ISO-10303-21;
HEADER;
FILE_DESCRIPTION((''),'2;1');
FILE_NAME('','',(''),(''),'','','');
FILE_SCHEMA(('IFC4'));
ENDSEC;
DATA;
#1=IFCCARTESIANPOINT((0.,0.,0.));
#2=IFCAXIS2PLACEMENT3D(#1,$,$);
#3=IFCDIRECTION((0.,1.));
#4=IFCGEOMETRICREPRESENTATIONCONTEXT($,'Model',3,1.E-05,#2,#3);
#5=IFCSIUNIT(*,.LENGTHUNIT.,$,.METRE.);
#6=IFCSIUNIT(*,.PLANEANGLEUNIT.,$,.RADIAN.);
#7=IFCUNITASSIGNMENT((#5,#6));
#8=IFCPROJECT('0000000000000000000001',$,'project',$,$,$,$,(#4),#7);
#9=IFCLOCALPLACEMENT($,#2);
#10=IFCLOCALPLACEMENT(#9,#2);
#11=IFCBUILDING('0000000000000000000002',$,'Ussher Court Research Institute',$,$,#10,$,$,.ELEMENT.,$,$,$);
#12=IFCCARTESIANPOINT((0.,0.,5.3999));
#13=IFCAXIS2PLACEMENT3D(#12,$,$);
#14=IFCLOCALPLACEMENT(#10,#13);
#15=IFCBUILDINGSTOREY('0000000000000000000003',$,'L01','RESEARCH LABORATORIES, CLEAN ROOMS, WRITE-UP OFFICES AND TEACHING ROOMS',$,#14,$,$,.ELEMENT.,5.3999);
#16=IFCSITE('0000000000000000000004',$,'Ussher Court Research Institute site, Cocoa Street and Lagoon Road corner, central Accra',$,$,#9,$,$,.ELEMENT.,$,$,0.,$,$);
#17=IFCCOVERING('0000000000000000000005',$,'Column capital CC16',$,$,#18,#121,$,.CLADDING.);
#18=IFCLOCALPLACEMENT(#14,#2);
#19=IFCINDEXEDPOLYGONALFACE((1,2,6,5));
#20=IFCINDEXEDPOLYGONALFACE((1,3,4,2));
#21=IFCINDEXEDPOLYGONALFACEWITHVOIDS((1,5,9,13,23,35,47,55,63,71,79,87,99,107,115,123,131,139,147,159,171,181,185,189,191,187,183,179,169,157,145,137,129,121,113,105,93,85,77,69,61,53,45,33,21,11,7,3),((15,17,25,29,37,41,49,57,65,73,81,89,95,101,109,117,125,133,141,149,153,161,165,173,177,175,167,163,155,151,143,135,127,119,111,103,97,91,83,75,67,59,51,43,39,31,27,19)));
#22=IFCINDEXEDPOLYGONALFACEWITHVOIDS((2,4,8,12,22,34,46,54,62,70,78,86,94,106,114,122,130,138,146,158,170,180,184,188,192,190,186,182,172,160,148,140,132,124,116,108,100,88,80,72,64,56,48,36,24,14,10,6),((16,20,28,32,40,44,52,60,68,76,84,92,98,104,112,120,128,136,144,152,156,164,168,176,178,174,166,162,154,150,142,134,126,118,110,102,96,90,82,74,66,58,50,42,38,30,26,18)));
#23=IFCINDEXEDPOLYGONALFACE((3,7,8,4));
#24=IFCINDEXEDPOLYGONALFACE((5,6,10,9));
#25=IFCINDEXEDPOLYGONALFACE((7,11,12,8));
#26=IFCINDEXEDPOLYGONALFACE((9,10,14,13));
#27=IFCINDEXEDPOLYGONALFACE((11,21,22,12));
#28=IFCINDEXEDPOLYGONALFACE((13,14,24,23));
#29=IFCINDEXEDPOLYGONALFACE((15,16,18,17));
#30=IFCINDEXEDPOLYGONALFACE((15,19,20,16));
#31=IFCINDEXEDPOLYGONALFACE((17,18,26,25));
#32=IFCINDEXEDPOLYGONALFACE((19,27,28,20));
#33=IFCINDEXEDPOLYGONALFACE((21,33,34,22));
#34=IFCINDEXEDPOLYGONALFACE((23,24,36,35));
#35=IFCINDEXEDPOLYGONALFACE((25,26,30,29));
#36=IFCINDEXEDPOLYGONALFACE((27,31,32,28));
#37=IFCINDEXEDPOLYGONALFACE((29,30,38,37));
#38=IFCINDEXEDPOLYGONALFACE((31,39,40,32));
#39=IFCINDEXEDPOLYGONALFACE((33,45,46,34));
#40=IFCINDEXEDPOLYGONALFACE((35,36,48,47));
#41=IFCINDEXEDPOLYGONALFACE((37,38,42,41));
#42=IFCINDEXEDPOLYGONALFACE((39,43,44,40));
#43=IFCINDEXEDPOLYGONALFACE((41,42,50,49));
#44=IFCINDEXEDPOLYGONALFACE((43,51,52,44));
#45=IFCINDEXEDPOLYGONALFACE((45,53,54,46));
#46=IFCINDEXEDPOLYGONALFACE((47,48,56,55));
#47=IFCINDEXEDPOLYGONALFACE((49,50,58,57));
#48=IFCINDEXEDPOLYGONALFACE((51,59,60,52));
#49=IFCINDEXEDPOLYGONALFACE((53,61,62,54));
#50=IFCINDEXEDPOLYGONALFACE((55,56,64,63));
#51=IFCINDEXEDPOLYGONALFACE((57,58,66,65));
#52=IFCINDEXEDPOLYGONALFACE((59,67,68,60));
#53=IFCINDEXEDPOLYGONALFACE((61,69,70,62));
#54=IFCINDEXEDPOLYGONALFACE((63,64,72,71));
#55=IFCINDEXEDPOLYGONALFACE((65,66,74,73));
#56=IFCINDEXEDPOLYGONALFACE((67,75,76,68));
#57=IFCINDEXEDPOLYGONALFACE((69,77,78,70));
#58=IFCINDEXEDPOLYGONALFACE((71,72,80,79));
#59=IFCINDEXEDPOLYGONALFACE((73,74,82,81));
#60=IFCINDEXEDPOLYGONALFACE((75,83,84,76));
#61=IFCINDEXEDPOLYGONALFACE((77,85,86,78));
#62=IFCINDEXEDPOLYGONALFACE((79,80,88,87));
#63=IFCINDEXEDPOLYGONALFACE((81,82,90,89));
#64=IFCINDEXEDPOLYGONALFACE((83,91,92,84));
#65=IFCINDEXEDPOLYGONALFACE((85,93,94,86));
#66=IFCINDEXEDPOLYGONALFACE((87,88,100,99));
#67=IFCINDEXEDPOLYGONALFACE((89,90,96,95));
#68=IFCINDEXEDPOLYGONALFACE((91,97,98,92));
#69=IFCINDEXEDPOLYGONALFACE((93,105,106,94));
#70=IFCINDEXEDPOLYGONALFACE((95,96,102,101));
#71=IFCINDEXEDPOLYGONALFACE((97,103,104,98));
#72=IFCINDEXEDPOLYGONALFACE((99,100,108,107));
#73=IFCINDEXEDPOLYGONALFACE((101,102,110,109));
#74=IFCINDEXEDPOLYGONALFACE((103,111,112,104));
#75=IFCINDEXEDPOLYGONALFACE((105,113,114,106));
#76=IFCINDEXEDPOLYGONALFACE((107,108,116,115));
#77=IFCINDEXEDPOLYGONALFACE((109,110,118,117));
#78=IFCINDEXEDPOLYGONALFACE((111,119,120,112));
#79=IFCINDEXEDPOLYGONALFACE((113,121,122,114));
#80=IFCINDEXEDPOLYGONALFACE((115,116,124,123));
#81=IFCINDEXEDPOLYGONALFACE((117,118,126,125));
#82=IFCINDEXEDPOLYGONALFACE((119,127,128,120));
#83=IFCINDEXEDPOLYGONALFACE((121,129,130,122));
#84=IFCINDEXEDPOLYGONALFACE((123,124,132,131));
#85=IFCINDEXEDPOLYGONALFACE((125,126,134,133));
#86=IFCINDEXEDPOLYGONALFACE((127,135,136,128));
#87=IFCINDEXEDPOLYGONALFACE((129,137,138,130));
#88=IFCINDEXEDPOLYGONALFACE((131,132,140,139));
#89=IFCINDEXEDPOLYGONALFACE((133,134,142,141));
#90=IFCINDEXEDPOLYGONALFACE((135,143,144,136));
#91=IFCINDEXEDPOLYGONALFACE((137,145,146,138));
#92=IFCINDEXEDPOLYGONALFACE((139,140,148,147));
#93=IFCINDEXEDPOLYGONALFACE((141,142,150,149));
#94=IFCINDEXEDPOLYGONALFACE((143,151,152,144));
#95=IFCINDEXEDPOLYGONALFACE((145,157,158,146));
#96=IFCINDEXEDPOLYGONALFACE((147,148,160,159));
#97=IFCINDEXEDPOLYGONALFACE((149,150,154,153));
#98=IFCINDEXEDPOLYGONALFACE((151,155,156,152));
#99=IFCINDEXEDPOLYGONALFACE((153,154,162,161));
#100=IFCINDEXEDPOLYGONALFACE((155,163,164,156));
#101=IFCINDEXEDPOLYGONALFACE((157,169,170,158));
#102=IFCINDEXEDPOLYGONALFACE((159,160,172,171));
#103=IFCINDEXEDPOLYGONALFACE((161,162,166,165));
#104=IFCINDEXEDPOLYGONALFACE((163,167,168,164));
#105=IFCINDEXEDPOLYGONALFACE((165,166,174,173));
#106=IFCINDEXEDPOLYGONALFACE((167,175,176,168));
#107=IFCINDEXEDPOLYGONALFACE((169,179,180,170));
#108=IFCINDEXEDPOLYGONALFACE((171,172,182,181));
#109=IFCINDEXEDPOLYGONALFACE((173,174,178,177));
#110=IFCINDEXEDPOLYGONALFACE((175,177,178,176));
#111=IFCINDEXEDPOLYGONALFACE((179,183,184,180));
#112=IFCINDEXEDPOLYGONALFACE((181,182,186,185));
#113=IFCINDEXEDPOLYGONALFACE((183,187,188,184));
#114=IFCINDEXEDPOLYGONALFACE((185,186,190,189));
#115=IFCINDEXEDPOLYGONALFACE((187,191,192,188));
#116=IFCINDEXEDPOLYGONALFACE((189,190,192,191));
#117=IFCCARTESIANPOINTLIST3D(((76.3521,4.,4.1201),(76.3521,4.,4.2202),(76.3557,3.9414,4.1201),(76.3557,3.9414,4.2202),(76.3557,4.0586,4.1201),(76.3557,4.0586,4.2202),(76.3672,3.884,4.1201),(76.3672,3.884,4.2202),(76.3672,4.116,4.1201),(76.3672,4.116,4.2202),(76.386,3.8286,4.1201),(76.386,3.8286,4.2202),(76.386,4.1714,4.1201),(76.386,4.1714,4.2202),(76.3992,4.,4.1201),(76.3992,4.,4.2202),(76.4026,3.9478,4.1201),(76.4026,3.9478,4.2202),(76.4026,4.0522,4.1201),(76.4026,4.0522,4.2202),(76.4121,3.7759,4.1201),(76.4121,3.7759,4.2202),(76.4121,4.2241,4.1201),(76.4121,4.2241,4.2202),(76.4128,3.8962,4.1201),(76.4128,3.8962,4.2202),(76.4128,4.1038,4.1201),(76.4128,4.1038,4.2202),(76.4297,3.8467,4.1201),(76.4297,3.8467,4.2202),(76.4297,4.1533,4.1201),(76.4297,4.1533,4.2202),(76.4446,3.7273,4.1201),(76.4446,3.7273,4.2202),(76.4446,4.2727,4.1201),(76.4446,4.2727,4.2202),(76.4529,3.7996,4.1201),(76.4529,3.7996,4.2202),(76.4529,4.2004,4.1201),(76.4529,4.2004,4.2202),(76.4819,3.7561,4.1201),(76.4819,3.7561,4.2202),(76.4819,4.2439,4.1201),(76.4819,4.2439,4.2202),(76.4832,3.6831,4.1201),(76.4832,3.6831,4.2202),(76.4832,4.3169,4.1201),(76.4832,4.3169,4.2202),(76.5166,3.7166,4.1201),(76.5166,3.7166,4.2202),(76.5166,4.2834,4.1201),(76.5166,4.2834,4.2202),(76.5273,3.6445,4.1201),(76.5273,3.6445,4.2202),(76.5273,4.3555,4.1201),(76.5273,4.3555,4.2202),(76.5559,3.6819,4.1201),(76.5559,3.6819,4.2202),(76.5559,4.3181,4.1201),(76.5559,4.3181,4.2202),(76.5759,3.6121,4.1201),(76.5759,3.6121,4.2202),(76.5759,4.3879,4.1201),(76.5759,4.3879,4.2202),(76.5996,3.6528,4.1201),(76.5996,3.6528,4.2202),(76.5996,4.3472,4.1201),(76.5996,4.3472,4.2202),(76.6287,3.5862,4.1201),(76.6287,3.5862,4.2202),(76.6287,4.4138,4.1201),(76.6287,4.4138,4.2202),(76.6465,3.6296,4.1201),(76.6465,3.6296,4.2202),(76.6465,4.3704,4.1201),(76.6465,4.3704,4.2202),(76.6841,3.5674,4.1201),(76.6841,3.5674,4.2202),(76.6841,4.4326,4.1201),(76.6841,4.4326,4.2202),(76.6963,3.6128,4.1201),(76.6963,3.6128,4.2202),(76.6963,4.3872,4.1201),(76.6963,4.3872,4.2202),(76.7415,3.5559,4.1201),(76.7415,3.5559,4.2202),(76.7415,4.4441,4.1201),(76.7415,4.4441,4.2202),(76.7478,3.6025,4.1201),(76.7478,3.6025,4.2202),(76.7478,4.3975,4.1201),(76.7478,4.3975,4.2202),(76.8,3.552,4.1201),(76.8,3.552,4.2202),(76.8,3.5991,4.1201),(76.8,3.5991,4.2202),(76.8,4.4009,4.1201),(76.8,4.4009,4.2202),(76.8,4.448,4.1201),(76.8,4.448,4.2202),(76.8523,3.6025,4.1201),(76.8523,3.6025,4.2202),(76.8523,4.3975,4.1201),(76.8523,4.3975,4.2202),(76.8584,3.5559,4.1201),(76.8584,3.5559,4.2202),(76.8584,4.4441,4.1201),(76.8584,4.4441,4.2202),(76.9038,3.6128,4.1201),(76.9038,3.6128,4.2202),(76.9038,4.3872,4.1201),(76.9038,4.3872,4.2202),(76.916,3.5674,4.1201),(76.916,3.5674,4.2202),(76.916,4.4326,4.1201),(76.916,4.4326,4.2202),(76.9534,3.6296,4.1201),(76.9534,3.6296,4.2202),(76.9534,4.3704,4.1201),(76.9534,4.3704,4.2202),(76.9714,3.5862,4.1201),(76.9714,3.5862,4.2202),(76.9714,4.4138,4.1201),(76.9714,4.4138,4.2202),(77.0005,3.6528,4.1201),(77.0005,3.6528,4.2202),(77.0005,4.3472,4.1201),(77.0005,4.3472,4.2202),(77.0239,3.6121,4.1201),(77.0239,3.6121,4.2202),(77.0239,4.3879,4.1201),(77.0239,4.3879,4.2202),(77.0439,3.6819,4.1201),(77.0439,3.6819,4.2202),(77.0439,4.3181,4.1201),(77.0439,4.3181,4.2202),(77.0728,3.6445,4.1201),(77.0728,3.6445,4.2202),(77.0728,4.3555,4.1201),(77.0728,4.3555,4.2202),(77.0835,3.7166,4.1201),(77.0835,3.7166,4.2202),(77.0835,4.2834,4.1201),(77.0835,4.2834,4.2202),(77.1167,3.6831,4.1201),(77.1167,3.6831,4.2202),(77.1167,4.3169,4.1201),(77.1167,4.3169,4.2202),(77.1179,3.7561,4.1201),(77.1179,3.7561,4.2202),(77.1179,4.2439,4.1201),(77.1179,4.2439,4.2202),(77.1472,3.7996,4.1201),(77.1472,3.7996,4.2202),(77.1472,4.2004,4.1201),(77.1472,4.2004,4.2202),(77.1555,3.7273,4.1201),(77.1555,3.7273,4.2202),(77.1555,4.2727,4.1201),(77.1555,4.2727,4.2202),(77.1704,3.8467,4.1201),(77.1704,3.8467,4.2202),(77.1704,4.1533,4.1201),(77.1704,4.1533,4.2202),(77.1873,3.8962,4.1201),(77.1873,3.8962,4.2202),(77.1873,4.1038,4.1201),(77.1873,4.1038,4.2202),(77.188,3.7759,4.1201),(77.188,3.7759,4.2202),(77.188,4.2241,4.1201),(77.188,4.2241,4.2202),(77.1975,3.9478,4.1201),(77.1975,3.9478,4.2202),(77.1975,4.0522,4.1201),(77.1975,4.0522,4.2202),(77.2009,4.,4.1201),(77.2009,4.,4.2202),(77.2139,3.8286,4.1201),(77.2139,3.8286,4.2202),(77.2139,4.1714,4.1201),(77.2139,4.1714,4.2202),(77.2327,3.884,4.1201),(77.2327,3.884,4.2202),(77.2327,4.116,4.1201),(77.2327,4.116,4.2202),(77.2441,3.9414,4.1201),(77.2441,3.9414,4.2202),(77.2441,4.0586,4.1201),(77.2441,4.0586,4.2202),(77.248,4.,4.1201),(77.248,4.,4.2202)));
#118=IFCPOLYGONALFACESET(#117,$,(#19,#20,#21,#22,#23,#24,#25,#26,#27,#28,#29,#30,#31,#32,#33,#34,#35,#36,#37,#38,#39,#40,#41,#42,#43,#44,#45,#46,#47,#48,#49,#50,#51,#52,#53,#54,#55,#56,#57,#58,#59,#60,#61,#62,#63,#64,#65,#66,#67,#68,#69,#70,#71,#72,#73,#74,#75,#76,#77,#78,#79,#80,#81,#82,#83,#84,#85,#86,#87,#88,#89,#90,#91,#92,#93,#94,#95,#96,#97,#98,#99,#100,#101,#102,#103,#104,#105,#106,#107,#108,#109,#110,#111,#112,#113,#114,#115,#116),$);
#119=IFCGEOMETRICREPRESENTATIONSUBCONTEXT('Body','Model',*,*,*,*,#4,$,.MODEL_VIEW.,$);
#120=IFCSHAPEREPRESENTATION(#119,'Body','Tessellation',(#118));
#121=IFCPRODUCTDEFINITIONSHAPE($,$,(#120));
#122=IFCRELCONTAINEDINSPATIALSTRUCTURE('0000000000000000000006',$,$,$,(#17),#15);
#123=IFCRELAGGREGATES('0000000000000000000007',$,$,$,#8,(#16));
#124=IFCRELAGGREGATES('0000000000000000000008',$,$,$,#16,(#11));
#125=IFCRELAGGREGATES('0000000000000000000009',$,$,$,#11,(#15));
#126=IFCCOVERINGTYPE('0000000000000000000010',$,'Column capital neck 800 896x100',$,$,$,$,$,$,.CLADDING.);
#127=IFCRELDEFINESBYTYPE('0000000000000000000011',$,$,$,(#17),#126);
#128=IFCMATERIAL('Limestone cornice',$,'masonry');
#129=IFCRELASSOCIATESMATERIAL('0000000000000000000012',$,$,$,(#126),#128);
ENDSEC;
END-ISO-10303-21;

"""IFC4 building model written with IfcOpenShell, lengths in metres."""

from ifc_helpers import new_model, si_unit, direction, frame, origin, place, context, subcontext, project, spatial, polyline, outline, extrude, material, type_object, element, save


model = new_model("IFC4")

# Units and contexts
model_context = context("Model", 3, precision=1e-05, world=origin(), true_north=direction((0.0, 1.0)))
body_context = subcontext(model_context, "Body", "Model", "MODEL_VIEW")
ifc_project = project(units=[si_unit("LENGTHUNIT", "METRE"), si_unit("PLANEANGLEUNIT", "RADIAN")], contexts=[model_context])

# Site, building, storey
site_placement = place(None, origin())
site = spatial("IfcSite", under=ifc_project, at=site_placement, Name="Ussher Court Research Institute site, Cocoa Street and Lagoon Road corner, central Accra", CompositionType="ELEMENT", RefElevation=0.0)
building_placement = place(site_placement, origin())
building = spatial("IfcBuilding", under=site, at=building_placement, Name="Ussher Court Research Institute", CompositionType="ELEMENT")
storey_placement = place(building_placement, frame((0.0, 0.0, 5.3999)))
storey = spatial("IfcBuildingStorey", under=building, at=storey_placement, Name="L01", Description="RESEARCH LABORATORIES, CLEAN ROOMS, WRITE-UP OFFICES AND TEACHING ROOMS", CompositionType="ELEMENT", Elevation=5.3999)

# Covering
ifc_material_1 = material(Name="Limestone cornice", Category="masonry")
covering_type_1 = type_object("IfcCoveringType", Name="Column capital neck 800 896x100", PredefinedType="CLADDING", material=ifc_material_1)
covering_1_placement = place(storey_placement, frame((0.0, 0.0, 4.1201)))
element("IfcCovering", 1, at=covering_1_placement, inside=storey, type_object=covering_type_1, Name="Column capital CC16", PredefinedType="CLADDING", context=body_context, shape_type="SweptSolid", body=[
    extrude(outline(polyline([(77.248, 4.0), (77.2441, 4.0586), (77.2327, 4.116), (77.2139, 4.1714), (77.188, 4.2241), (77.1555, 4.2727), (77.1167, 4.3169), (77.0728, 4.3555), (77.0239, 4.3879), (76.9714, 4.4138), (76.916, 4.4326), (76.8584, 4.4441), (76.8, 4.448), (76.7415, 4.4441), (76.6841, 4.4326), (76.6287, 4.4138), (76.5759, 4.3879), (76.5273, 4.3555), (76.4832, 4.3169), (76.4446, 4.2727), (76.4121, 4.2241), (76.386, 4.1714), (76.3672, 4.116), (76.3557, 4.0586), (76.3521, 4.0), (76.3557, 3.9414), (76.3672, 3.884), (76.386, 3.8286), (76.4121, 3.7759), (76.4446, 3.7273), (76.4832, 3.6831), (76.5273, 3.6445), (76.5759, 3.6121), (76.6287, 3.5862), (76.6841, 3.5674), (76.7415, 3.5559), (76.8, 3.552), (76.8584, 3.5559), (76.916, 3.5674), (76.9714, 3.5862), (77.0239, 3.6121), (77.0728, 3.6445), (77.1167, 3.6831), (77.1555, 3.7273), (77.188, 3.7759), (77.2139, 3.8286), (77.2327, 3.884), (77.2441, 3.9414), (77.248, 4.0)]), holes=[polyline([(77.2009, 4.0), (77.1975, 4.0522), (77.1873, 4.1038), (77.1704, 4.1533), (77.1472, 4.2004), (77.1179, 4.2439), (77.0835, 4.2834), (77.0439, 4.3181), (77.0005, 4.3472), (76.9534, 4.3704), (76.9038, 4.3872), (76.8523, 4.3975), (76.8, 4.4009), (76.7478, 4.3975), (76.6963, 4.3872), (76.6465, 4.3704), (76.5996, 4.3472), (76.5559, 4.3181), (76.5166, 4.2834), (76.4819, 4.2439), (76.4529, 4.2004), (76.4297, 4.1533), (76.4128, 4.1038), (76.4026, 4.0522), (76.3992, 4.0), (76.4026, 3.9478), (76.4128, 3.8962), (76.4297, 3.8467), (76.4529, 3.7996), (76.4819, 3.7561), (76.5166, 3.7166), (76.5559, 3.6819), (76.5996, 3.6528), (76.6465, 3.6296), (76.6963, 3.6128), (76.7478, 3.6025), (76.8, 3.5991), (76.8523, 3.6025), (76.9038, 3.6128), (76.9534, 3.6296), (77.0005, 3.6528), (77.0439, 3.6819), (77.0835, 3.7166), (77.1179, 3.7561), (77.1472, 3.7996), (77.1704, 3.8467), (77.1873, 3.8962), (77.1975, 3.9478), (77.2009, 4.0)])]), origin(), (0.0, 0.0, 1.0), 0.1001),
])

save(model, "model.ifc")
